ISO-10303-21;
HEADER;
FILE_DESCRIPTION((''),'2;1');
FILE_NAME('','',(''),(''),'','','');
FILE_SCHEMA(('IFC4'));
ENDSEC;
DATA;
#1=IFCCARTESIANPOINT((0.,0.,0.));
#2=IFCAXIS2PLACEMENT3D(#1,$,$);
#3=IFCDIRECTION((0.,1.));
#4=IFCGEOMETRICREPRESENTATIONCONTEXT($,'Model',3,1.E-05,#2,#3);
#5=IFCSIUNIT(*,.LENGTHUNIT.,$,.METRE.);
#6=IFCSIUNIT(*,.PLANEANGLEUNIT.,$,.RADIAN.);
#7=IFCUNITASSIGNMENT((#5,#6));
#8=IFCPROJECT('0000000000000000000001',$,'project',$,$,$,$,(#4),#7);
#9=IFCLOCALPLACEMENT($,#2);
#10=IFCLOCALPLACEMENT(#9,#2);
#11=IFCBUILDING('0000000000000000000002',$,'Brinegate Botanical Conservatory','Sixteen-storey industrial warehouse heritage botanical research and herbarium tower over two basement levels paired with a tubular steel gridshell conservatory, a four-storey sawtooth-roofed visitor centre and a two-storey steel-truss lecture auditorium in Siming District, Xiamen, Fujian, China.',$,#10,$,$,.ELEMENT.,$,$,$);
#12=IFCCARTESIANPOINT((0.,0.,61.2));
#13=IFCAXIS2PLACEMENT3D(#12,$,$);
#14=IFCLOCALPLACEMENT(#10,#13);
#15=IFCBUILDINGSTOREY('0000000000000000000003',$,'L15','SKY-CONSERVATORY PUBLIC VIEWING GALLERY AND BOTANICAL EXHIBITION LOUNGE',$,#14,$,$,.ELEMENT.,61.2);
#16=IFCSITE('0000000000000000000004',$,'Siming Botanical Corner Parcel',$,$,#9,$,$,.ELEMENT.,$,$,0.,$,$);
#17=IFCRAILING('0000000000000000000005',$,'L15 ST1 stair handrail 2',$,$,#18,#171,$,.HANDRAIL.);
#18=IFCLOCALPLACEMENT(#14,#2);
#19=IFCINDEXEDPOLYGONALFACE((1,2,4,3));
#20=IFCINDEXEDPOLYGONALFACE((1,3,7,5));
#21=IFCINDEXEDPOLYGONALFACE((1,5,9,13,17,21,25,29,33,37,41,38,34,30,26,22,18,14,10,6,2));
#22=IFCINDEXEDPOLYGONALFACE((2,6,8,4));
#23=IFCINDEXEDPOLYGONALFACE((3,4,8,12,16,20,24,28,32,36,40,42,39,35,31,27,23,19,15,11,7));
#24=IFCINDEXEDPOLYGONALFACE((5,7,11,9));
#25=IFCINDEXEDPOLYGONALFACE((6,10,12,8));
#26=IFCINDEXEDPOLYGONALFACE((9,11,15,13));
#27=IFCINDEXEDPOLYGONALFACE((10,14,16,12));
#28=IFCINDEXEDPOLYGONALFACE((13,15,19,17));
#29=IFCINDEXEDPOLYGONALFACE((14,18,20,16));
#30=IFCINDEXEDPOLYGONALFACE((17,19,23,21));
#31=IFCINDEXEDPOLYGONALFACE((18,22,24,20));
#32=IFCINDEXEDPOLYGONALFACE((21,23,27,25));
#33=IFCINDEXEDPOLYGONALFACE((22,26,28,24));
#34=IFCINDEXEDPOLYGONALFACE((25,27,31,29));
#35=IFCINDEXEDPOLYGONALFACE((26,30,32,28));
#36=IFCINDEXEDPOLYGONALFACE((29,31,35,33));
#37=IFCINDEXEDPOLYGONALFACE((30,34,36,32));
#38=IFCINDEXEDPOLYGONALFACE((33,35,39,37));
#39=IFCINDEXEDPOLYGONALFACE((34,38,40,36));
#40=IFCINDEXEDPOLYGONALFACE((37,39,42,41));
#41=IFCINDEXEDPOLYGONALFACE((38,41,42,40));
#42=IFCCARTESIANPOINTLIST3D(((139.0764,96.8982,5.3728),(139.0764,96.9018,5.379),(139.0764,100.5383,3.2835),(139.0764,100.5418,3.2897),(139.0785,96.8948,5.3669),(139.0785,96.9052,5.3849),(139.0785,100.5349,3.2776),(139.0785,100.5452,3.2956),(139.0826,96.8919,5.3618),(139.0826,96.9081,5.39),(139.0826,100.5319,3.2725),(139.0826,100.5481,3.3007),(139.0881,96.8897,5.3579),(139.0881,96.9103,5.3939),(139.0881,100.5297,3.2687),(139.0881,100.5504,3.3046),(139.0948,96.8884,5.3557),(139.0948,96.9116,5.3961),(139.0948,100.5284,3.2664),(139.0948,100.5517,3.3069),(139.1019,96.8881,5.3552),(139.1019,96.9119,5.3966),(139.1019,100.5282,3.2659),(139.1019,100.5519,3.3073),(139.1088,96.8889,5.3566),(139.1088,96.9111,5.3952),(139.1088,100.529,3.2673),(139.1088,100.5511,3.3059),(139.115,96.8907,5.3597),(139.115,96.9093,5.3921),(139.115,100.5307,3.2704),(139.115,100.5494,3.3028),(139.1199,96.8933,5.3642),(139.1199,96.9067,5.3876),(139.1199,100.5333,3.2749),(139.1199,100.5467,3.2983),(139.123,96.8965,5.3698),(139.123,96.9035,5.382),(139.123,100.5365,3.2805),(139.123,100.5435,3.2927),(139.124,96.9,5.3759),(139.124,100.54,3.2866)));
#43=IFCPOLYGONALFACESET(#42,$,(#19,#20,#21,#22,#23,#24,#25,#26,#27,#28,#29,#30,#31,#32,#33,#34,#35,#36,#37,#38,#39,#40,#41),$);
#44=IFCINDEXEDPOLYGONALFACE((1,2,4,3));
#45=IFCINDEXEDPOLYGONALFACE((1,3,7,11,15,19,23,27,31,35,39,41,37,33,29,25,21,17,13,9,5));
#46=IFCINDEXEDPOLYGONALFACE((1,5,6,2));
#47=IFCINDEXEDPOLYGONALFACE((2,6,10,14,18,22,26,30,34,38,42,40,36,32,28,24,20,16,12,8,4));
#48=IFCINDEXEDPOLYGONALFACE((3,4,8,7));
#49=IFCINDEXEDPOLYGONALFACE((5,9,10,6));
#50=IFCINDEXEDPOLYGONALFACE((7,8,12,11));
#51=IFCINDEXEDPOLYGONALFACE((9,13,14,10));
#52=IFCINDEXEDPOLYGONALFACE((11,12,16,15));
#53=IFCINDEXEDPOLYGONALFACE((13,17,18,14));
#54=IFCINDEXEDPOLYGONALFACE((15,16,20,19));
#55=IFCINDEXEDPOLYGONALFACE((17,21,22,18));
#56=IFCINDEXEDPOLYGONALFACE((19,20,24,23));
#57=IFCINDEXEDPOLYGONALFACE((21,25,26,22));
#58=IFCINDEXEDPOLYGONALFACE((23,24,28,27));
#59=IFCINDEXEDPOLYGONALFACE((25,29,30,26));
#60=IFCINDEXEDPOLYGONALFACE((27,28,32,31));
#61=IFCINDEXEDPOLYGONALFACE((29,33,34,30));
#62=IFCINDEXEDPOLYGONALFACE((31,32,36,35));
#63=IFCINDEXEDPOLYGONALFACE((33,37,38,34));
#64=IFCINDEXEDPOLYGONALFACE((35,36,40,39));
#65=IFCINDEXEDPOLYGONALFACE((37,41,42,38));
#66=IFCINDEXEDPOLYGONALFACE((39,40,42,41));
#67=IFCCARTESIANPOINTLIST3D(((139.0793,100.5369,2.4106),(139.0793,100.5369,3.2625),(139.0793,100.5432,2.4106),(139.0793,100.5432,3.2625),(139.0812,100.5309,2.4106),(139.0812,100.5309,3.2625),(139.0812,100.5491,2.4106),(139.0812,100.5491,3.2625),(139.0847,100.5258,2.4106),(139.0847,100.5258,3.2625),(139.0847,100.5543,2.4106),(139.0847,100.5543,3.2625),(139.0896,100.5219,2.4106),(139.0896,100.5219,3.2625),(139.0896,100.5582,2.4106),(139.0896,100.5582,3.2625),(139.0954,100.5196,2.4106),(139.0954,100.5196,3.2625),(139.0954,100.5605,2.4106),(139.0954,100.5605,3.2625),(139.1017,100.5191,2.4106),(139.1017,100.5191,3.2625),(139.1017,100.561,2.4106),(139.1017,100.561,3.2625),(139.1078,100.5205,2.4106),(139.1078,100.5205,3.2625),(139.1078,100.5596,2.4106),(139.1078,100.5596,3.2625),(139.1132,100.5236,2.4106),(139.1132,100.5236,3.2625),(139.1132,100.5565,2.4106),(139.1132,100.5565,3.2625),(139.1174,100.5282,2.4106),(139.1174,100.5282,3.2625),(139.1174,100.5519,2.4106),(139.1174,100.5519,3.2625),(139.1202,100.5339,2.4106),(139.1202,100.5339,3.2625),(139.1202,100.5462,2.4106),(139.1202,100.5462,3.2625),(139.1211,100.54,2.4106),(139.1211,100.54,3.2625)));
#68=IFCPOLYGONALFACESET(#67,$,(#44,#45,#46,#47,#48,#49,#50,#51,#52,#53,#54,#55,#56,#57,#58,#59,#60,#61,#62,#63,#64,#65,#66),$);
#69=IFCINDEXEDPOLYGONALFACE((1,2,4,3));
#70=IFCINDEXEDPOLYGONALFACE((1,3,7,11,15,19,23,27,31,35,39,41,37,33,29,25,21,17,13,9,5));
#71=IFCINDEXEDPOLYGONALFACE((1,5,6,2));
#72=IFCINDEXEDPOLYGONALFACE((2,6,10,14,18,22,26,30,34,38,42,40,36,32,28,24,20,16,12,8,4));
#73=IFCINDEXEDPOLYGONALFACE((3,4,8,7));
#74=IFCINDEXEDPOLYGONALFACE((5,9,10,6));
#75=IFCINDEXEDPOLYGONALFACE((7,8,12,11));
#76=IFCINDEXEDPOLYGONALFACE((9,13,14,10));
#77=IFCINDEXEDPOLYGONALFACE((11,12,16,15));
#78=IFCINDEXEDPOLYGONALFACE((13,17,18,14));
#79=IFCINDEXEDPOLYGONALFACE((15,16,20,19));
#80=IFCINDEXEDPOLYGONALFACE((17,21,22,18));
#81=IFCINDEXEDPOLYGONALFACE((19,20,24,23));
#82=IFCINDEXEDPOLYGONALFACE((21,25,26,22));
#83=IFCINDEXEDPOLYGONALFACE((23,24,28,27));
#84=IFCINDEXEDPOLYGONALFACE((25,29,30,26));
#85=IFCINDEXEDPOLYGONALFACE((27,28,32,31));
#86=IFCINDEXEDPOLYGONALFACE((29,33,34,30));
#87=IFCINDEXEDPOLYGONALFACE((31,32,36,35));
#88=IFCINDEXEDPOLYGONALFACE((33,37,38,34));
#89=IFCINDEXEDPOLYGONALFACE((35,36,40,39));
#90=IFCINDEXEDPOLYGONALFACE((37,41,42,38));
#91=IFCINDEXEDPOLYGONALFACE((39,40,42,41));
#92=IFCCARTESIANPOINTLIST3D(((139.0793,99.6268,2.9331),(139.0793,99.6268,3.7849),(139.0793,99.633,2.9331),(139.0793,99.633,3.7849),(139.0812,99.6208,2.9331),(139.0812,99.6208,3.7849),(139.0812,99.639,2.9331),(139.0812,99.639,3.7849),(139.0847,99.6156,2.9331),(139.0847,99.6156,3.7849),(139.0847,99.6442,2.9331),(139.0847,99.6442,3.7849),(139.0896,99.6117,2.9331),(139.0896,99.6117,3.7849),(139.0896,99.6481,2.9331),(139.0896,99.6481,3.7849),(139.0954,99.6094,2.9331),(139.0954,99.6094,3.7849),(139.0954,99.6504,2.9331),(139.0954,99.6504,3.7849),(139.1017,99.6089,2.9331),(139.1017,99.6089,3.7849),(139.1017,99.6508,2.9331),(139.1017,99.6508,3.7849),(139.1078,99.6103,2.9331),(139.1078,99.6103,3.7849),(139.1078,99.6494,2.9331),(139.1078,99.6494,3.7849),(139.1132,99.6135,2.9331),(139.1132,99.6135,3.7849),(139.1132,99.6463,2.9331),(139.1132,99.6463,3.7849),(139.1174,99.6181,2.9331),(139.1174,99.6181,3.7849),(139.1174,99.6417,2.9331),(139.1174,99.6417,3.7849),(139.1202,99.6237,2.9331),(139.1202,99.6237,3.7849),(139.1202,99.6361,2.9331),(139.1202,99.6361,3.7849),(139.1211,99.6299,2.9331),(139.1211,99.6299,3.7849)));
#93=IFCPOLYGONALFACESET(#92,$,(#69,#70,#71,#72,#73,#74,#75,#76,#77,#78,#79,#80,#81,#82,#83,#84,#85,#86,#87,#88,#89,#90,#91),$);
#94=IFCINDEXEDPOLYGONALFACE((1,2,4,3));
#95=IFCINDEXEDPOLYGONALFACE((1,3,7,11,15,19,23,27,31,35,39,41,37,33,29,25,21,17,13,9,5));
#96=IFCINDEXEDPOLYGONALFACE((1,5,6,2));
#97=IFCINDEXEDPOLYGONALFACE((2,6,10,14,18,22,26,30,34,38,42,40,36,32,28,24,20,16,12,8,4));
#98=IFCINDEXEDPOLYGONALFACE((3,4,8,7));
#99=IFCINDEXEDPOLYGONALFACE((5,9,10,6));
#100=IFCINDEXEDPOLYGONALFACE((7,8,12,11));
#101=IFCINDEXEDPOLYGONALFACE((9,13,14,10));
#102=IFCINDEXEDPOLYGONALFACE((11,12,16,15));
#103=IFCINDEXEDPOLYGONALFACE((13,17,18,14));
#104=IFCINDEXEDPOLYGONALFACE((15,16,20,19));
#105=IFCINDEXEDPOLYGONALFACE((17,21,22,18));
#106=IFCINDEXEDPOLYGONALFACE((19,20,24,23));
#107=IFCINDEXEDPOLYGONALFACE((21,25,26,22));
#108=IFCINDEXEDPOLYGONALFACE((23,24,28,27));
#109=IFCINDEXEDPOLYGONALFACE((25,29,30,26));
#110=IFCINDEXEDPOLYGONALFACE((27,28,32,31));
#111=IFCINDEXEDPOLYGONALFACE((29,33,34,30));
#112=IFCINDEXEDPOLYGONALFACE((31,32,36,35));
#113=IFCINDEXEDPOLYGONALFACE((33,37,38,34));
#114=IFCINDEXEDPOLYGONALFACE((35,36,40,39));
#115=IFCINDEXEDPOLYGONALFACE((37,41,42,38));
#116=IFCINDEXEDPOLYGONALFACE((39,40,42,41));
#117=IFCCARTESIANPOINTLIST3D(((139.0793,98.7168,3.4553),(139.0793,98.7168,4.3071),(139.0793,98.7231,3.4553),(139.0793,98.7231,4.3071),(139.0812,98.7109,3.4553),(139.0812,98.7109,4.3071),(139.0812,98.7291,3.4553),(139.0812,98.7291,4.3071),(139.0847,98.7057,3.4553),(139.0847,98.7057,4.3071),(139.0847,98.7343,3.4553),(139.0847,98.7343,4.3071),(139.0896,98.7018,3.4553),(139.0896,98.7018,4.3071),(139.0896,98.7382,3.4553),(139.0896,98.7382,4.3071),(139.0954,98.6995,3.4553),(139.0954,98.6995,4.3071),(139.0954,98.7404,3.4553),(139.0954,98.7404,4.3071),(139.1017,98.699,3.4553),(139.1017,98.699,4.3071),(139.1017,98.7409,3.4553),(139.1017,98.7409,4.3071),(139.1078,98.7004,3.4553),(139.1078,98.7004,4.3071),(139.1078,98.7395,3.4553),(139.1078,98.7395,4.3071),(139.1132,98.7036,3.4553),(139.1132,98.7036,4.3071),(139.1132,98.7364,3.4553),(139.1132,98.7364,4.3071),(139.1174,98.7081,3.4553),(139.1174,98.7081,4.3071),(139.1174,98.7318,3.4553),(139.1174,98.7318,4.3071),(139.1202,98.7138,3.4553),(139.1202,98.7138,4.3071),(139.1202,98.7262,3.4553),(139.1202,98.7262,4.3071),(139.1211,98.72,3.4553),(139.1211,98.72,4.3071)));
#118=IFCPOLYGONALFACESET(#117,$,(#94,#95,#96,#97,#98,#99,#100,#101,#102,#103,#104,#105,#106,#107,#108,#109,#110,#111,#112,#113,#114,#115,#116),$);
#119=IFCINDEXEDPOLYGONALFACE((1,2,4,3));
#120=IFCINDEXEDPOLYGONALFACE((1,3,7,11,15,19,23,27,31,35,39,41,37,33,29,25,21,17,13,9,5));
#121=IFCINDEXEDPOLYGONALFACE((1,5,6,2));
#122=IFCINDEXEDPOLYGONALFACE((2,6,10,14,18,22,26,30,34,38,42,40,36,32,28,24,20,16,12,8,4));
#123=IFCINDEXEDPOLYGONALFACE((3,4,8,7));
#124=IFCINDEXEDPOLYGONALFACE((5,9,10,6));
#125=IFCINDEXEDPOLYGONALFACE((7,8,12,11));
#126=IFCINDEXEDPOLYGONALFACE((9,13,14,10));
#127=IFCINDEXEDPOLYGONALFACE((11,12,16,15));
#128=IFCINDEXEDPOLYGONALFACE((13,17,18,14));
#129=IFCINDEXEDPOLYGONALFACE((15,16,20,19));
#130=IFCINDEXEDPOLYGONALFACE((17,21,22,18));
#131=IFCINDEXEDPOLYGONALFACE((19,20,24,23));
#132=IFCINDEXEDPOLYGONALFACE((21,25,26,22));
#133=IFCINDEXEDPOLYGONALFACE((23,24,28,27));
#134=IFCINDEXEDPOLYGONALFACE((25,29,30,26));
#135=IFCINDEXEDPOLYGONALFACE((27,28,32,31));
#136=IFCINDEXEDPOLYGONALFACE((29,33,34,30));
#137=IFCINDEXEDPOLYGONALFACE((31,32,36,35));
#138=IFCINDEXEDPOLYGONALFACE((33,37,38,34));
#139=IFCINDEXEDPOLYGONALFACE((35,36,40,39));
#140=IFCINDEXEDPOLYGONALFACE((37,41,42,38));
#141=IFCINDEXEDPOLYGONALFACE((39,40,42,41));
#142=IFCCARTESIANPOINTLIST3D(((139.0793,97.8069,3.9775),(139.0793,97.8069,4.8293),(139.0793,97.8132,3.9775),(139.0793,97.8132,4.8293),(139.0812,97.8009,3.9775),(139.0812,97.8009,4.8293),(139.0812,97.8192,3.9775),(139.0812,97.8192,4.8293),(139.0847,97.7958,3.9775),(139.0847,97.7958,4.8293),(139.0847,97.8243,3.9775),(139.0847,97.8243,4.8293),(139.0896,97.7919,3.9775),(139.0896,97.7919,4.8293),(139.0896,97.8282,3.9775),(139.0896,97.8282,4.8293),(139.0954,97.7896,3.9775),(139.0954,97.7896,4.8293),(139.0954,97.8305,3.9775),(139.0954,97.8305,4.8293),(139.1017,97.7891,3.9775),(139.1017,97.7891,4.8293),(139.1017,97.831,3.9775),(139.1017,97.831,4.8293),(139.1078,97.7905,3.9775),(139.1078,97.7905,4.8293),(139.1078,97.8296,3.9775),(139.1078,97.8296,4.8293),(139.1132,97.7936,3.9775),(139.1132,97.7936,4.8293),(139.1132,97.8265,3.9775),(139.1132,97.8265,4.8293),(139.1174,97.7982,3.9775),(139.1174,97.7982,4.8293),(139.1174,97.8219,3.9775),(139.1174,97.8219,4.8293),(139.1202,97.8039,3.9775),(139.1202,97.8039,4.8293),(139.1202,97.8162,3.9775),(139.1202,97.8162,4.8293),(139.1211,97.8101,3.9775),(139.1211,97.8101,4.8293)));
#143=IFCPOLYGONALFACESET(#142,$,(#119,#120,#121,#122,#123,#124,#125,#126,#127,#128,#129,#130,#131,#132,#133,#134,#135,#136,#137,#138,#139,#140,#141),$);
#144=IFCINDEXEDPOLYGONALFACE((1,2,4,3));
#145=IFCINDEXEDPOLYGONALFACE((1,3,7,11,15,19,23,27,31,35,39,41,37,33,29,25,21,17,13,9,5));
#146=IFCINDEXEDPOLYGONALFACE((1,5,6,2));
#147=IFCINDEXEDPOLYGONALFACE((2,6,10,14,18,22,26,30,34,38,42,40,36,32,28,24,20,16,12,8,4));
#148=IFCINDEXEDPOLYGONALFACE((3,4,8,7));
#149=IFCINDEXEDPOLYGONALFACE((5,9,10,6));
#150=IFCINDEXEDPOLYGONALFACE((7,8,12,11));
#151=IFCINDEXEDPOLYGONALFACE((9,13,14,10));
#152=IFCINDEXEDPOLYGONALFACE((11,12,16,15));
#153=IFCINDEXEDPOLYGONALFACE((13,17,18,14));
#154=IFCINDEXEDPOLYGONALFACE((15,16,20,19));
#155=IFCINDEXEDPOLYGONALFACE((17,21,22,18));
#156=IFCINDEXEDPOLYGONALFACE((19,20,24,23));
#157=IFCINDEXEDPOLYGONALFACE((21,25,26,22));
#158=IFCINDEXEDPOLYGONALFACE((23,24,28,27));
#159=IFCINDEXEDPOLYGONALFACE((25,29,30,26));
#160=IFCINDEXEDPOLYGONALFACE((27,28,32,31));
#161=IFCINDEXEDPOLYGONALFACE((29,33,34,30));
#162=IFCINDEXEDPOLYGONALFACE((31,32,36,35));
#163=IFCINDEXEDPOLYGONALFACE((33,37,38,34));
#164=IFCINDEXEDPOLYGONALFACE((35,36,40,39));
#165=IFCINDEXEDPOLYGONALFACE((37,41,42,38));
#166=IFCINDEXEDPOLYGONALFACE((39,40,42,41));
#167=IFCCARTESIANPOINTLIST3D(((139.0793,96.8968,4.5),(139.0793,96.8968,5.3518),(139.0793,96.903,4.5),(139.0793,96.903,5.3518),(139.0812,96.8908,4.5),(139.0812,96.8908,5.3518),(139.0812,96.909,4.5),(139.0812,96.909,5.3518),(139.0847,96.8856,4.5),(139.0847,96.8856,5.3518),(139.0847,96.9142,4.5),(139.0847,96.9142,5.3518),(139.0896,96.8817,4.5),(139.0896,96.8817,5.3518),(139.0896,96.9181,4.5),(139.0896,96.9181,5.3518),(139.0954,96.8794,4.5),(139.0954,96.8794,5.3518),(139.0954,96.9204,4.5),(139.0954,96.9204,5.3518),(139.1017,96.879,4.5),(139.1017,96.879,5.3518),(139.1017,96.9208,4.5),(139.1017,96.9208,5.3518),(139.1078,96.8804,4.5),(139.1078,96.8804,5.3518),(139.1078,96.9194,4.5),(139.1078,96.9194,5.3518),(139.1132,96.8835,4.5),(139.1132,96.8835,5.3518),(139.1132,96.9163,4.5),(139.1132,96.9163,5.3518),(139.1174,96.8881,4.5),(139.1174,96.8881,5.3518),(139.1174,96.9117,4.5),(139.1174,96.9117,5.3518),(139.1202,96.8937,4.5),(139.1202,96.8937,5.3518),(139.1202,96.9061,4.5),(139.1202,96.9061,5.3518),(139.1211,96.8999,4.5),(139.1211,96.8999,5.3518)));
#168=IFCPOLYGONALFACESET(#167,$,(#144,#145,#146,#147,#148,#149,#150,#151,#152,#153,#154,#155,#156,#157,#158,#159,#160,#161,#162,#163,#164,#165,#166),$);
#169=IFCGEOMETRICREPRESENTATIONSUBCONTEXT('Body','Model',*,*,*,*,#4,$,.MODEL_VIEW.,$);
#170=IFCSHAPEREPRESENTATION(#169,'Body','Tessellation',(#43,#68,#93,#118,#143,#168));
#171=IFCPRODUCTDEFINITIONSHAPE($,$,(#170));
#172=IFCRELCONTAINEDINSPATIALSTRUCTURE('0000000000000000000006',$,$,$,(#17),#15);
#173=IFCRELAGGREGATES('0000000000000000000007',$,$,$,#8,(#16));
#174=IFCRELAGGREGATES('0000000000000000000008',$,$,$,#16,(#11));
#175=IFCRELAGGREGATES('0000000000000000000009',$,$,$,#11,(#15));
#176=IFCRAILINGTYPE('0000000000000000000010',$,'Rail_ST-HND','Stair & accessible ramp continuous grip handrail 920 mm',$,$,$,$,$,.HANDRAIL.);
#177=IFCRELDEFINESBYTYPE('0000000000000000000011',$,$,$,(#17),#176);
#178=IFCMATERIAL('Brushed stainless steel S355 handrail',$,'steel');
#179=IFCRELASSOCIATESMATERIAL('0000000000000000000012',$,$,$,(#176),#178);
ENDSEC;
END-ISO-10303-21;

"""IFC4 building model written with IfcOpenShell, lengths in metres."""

from ifc_helpers import new_model, si_unit, direction, frame, origin, origin_2d, place, context, subcontext, project, spatial, circle, extrude, material, type_object, element, save


model = new_model("IFC4")

# Units and contexts
model_context = context("Model", 3, precision=1e-05, world=origin(), true_north=direction((0.0, 1.0)))
body_context = subcontext(model_context, "Body", "Model", "MODEL_VIEW")
ifc_project = project(units=[si_unit("LENGTHUNIT", "METRE"), si_unit("PLANEANGLEUNIT", "RADIAN")], contexts=[model_context])

# Site, building, storey
site_placement = place(None, origin())
site = spatial("IfcSite", under=ifc_project, at=site_placement, Name="Siming Botanical Corner Parcel", CompositionType="ELEMENT", RefElevation=0.0)
building_placement = place(site_placement, origin())
building = spatial("IfcBuilding", under=site, at=building_placement, Name="Brinegate Botanical Conservatory", Description="Sixteen-storey industrial warehouse heritage botanical research and herbarium tower over two basement levels paired with a tubular steel gridshell conservatory, a four-storey sawtooth-roofed visitor centre and a two-storey steel-truss lecture auditorium in Siming District, Xiamen, Fujian, China.", CompositionType="ELEMENT")
storey_placement = place(building_placement, frame((0.0, 0.0, 61.2)))
storey = spatial("IfcBuildingStorey", under=building, at=storey_placement, Name="L15", Description="SKY-CONSERVATORY PUBLIC VIEWING GALLERY AND BOTANICAL EXHIBITION LOUNGE", CompositionType="ELEMENT", Elevation=61.2)

# Railing
ifc_material_1 = material(Name="Brushed stainless steel S355 handrail", Category="steel")
railing_type_1 = type_object("IfcRailingType", Name="Rail_ST-HND", Description="Stair & accessible ramp continuous grip handrail 920 mm", PredefinedType="HANDRAIL", material=ifc_material_1)
railing_1_placement = place(storey_placement, frame((139.1001, 100.54, 2.4106)))
element("IfcRailing", 1, at=railing_1_placement, inside=storey, type_object=railing_type_1, Name="L15 ST1 stair handrail 2", PredefinedType="HANDRAIL", context=body_context, shape_type="SweptSolid", body=[
    extrude(circle(Radius=0.0239, at=origin_2d()), frame((0.0, 0.0, 0.876), z_axis=(0.0, -0.867289, 0.497804), x_axis=(1.0, 0.0, 0.0)), (0.0, 0.0, 1.0), 4.197),
    extrude(circle(Radius=0.021, at=origin_2d()), origin(), (0.0, 0.0, 1.0), 0.8518),
    extrude(circle(Radius=0.021, at=origin_2d()), frame((0.0, -0.9102, 0.5225)), (0.0, 0.0, 1.0), 0.8518),
    extrude(circle(Radius=0.021, at=origin_2d()), frame((0.0, -1.8201, 1.0447)), (0.0, 0.0, 1.0), 0.8518),
    extrude(circle(Radius=0.021, at=origin_2d()), frame((0.0, -2.73, 1.5669)), (0.0, 0.0, 1.0), 0.8518),
    extrude(circle(Radius=0.021, at=origin_2d()), frame((0.0, -3.6401, 2.0894)), (0.0, 0.0, 1.0), 0.8518),
])

save(model, "model.ifc")
